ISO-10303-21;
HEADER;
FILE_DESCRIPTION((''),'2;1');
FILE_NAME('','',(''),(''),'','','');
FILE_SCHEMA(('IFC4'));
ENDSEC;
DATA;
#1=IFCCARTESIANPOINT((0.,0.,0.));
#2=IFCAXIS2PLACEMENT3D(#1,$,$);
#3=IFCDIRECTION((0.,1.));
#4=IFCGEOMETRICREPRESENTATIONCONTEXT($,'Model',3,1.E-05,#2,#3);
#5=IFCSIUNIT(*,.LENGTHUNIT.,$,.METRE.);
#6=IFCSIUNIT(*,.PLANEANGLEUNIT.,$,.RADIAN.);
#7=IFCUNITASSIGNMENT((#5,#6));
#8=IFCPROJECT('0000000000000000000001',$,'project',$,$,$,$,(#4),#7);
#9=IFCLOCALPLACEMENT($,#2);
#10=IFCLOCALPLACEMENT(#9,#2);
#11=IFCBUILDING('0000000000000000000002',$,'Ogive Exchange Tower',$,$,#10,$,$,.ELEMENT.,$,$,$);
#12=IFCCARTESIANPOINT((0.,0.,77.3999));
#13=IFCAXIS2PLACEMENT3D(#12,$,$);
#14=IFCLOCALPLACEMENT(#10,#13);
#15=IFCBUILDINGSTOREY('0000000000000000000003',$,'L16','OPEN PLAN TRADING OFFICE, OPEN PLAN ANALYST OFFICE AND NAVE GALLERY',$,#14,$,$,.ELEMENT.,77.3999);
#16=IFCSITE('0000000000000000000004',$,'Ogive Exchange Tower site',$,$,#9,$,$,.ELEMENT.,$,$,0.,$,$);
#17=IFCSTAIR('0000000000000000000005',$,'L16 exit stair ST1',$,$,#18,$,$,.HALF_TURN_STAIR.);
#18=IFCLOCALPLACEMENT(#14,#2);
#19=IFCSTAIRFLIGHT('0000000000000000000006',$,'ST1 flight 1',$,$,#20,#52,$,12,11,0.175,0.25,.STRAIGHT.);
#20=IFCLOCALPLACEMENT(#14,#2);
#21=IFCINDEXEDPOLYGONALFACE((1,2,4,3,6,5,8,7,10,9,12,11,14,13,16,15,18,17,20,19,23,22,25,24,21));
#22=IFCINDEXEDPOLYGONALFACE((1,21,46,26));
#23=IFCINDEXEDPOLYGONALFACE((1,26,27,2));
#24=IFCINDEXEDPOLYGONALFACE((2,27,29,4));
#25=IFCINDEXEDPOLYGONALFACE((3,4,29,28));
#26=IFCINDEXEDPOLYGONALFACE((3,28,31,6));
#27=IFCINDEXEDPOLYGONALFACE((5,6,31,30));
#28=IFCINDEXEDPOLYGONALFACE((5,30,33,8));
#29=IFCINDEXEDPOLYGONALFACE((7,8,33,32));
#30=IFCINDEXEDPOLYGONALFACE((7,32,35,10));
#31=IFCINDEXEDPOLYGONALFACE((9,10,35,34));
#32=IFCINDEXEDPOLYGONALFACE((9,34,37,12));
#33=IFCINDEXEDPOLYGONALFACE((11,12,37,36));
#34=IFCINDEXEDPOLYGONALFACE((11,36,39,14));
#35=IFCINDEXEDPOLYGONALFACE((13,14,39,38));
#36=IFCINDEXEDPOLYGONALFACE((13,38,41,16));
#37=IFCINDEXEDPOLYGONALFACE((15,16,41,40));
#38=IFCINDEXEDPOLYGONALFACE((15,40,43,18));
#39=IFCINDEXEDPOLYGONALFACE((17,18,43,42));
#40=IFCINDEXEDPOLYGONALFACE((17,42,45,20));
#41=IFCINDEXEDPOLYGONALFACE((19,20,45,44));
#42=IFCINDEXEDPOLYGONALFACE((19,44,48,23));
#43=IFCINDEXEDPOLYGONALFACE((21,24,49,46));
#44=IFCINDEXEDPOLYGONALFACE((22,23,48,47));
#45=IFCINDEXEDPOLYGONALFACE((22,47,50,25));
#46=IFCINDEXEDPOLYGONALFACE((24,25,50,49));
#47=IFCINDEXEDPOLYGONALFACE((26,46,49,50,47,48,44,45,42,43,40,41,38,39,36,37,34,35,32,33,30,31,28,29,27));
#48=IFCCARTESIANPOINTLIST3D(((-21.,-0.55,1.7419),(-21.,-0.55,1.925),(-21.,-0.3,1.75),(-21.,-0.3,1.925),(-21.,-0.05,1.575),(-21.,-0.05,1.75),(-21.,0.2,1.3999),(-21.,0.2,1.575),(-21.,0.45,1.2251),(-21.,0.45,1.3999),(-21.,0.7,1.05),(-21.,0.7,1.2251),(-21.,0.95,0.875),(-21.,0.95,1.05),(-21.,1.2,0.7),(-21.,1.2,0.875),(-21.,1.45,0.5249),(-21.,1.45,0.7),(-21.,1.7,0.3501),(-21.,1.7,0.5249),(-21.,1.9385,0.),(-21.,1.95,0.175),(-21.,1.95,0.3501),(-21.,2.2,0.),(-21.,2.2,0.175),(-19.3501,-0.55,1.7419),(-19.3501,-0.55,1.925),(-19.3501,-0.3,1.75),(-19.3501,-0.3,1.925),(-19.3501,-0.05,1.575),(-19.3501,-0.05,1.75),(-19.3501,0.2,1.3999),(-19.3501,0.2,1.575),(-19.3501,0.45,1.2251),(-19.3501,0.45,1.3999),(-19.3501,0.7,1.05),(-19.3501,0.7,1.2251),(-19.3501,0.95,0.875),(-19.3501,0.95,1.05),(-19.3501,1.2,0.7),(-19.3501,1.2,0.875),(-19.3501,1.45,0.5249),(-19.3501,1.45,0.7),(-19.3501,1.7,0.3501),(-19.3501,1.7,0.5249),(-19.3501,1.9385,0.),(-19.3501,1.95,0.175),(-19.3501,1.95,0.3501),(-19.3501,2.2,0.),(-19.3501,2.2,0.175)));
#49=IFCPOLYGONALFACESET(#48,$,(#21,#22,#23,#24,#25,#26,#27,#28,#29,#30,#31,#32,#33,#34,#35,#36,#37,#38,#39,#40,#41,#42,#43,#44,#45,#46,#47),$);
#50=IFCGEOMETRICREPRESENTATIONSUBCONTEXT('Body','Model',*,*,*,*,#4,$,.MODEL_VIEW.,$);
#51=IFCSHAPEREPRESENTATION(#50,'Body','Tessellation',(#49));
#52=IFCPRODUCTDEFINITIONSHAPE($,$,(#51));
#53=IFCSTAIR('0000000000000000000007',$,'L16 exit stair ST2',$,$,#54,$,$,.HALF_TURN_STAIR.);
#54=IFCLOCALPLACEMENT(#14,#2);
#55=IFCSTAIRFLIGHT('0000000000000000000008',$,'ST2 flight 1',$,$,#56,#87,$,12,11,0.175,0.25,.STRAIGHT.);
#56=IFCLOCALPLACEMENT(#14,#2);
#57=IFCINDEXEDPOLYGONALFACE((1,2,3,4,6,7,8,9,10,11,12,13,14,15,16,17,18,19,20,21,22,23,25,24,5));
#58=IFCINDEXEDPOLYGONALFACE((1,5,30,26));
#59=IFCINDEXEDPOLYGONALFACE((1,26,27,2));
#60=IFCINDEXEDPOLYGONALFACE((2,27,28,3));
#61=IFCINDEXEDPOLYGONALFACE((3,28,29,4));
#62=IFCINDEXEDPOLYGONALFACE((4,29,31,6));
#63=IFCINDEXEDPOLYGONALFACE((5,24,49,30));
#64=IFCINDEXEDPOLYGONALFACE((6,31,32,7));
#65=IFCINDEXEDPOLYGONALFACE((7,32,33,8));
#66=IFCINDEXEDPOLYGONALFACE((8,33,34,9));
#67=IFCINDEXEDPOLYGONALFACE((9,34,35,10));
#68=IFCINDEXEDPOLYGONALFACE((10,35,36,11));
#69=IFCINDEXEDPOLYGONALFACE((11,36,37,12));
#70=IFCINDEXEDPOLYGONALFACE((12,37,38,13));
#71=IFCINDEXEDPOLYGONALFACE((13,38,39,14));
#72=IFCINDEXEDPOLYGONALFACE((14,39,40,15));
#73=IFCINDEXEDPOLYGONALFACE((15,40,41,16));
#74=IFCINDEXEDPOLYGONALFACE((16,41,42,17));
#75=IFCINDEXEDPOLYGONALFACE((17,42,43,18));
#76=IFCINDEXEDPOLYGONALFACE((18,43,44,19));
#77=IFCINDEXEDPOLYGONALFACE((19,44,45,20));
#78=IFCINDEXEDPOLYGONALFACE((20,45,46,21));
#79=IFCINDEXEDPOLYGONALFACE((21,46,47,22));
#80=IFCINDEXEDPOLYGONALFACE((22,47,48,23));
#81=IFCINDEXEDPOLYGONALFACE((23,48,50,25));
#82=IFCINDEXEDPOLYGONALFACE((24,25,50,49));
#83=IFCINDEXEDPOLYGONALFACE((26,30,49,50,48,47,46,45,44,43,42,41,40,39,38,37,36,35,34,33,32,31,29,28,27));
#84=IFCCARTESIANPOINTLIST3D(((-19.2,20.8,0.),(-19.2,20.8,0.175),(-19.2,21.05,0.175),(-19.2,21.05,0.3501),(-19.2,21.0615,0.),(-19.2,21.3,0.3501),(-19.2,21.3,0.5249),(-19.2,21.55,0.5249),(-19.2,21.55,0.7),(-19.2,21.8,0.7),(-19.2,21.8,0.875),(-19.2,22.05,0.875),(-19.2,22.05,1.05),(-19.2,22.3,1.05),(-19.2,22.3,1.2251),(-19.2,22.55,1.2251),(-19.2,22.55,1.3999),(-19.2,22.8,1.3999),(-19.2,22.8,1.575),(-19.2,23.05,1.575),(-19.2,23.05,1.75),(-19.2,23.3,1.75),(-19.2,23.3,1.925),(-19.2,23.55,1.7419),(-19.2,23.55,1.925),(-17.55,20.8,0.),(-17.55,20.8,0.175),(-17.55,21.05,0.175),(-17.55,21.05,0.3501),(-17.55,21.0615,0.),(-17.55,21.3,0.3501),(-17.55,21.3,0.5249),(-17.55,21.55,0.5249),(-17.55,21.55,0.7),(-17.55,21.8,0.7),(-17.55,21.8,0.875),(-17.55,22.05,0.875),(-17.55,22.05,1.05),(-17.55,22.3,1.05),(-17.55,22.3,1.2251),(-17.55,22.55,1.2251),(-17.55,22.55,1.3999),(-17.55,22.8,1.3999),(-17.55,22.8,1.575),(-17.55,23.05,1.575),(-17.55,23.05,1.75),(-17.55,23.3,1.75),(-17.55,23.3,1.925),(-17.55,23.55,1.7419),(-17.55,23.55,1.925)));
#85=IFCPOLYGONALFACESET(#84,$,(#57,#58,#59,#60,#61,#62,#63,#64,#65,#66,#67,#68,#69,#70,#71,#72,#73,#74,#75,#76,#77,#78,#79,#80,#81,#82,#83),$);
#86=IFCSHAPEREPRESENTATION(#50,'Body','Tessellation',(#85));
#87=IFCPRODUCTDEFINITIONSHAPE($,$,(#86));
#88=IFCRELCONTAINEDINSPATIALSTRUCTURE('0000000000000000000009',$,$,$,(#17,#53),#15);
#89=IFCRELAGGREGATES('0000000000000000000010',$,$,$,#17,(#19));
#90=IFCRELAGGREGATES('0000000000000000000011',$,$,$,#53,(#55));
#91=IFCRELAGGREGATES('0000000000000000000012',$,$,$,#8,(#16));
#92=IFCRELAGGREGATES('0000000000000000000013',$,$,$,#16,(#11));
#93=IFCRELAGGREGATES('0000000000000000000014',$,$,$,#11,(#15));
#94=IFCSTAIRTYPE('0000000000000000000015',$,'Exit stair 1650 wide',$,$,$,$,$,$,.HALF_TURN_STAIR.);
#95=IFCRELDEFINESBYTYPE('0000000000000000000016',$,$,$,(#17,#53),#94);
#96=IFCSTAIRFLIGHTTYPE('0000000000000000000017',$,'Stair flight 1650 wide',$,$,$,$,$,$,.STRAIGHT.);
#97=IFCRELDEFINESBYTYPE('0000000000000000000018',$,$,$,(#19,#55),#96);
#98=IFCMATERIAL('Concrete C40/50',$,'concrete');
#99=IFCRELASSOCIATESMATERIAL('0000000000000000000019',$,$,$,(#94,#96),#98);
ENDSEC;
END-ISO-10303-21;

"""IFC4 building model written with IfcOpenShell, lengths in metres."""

from ifc_helpers import new_model, si_unit, direction, frame, origin, place, context, subcontext, project, spatial, polyline, outline, extrude, material, type_object, element, aggregate, save


model = new_model("IFC4")

# Units and contexts
model_context = context("Model", 3, precision=1e-05, world=origin(), true_north=direction((0.0, 1.0)))
body_context = subcontext(model_context, "Body", "Model", "MODEL_VIEW")
ifc_project = project(units=[si_unit("LENGTHUNIT", "METRE"), si_unit("PLANEANGLEUNIT", "RADIAN")], contexts=[model_context])

# Site, building, storey
site_placement = place(None, origin())
site = spatial("IfcSite", under=ifc_project, at=site_placement, Name="Ogive Exchange Tower site", CompositionType="ELEMENT", RefElevation=0.0)
building_placement = place(site_placement, origin())
building = spatial("IfcBuilding", under=site, at=building_placement, Name="Ogive Exchange Tower", CompositionType="ELEMENT")
storey_placement = place(building_placement, frame((0.0, 0.0, 77.3999)))
storey = spatial("IfcBuildingStorey", under=building, at=storey_placement, Name="L16", Description="OPEN PLAN TRADING OFFICE, OPEN PLAN ANALYST OFFICE AND NAVE GALLERY", CompositionType="ELEMENT", Elevation=77.3999)

# Stairs, stair flights
ifc_material_1 = material(Name="Concrete C40/50", Category="concrete")
stair_type = type_object("IfcStairType", Name="Exit stair 1650 wide", PredefinedType="HALF_TURN_STAIR", material=ifc_material_1)
stair_1_placement = place(storey_placement, origin())
stair_1 = element("IfcStair", 1, at=stair_1_placement, inside=storey, type_object=stair_type, Name="L16 exit stair ST1", PredefinedType="HALF_TURN_STAIR")
stair_flight_type = type_object("IfcStairFlightType", Name="Stair flight 1650 wide", PredefinedType="STRAIGHT", material=ifc_material_1)
stair_flight_1_placement = place(storey_placement, frame((-20.175, 2.2, 0.0), z_axis=(0.0, 0.0, 1.0), x_axis=(0.0, -1.0, 0.0)))
stair_flight_1 = element("IfcStairFlight", 2, at=stair_flight_1_placement, type_object=stair_flight_type, Name="ST1 flight 1", NumberOfRisers=12, NumberOfTreads=11, PredefinedType="STRAIGHT", RiserHeight=0.175, TreadLength=0.25, context=body_context, shape_type="SweptSolid", body=[
    extrude(outline(polyline([(0.0, 0.0), (0.0, 0.175), (0.25, 0.175), (0.25, 0.3501), (0.5, 0.3501), (0.5, 0.5249), (0.75, 0.5249), (0.75, 0.7), (1.0, 0.7), (1.0, 0.875), (1.25, 0.875), (1.25, 1.05), (1.5, 1.05), (1.5, 1.2251), (1.75, 1.2251), (1.75, 1.3999), (2.0, 1.3999), (2.0, 1.575), (2.25, 1.575), (2.25, 1.75), (2.5, 1.75), (2.5, 1.925), (2.75, 1.925), (2.75, 2.1001), (2.75, 1.7419), (0.2615, 0.0), (0.0, 0.0)])), frame((0.0, 0.825, 0.0), z_axis=(0.0, -1.0, 0.0), x_axis=(1.0, 0.0, 0.0)), (0.0, 0.0, 1.0), 1.6499),
])
aggregate(stair_1, [stair_flight_1])
stair_2_placement = place(storey_placement, origin())
stair_2 = element("IfcStair", 3, at=stair_2_placement, inside=storey, type_object=stair_type, Name="L16 exit stair ST2", PredefinedType="HALF_TURN_STAIR")
stair_flight_2_placement = place(storey_placement, frame((-18.375, 20.8, 0.0), z_axis=(0.0, 0.0, 1.0), x_axis=(0.0, 1.0, 0.0)))
stair_flight_2 = element("IfcStairFlight", 4, at=stair_flight_2_placement, type_object=stair_flight_type, Name="ST2 flight 1", NumberOfRisers=12, NumberOfTreads=11, PredefinedType="STRAIGHT", RiserHeight=0.175, TreadLength=0.25, context=body_context, shape_type="SweptSolid", body=[
    extrude(outline(polyline([(0.0, 0.0), (0.0, 0.175), (0.25, 0.175), (0.25, 0.3501), (0.5, 0.3501), (0.5, 0.5249), (0.75, 0.5249), (0.75, 0.7), (1.0, 0.7), (1.0, 0.875), (1.25, 0.875), (1.25, 1.05), (1.5, 1.05), (1.5, 1.2251), (1.75, 1.2251), (1.75, 1.3999), (2.0, 1.3999), (2.0, 1.575), (2.25, 1.575), (2.25, 1.75), (2.5, 1.75), (2.5, 1.925), (2.75, 1.925), (2.75, 2.1001), (2.75, 1.7419), (0.2615, 0.0), (0.0, 0.0)])), frame((0.0, 0.825, 0.0), z_axis=(0.0, -1.0, 0.0), x_axis=(1.0, 0.0, 0.0)), (0.0, 0.0, 1.0), 1.6499),
])
aggregate(stair_2, [stair_flight_2])

save(model, "model.ifc")
